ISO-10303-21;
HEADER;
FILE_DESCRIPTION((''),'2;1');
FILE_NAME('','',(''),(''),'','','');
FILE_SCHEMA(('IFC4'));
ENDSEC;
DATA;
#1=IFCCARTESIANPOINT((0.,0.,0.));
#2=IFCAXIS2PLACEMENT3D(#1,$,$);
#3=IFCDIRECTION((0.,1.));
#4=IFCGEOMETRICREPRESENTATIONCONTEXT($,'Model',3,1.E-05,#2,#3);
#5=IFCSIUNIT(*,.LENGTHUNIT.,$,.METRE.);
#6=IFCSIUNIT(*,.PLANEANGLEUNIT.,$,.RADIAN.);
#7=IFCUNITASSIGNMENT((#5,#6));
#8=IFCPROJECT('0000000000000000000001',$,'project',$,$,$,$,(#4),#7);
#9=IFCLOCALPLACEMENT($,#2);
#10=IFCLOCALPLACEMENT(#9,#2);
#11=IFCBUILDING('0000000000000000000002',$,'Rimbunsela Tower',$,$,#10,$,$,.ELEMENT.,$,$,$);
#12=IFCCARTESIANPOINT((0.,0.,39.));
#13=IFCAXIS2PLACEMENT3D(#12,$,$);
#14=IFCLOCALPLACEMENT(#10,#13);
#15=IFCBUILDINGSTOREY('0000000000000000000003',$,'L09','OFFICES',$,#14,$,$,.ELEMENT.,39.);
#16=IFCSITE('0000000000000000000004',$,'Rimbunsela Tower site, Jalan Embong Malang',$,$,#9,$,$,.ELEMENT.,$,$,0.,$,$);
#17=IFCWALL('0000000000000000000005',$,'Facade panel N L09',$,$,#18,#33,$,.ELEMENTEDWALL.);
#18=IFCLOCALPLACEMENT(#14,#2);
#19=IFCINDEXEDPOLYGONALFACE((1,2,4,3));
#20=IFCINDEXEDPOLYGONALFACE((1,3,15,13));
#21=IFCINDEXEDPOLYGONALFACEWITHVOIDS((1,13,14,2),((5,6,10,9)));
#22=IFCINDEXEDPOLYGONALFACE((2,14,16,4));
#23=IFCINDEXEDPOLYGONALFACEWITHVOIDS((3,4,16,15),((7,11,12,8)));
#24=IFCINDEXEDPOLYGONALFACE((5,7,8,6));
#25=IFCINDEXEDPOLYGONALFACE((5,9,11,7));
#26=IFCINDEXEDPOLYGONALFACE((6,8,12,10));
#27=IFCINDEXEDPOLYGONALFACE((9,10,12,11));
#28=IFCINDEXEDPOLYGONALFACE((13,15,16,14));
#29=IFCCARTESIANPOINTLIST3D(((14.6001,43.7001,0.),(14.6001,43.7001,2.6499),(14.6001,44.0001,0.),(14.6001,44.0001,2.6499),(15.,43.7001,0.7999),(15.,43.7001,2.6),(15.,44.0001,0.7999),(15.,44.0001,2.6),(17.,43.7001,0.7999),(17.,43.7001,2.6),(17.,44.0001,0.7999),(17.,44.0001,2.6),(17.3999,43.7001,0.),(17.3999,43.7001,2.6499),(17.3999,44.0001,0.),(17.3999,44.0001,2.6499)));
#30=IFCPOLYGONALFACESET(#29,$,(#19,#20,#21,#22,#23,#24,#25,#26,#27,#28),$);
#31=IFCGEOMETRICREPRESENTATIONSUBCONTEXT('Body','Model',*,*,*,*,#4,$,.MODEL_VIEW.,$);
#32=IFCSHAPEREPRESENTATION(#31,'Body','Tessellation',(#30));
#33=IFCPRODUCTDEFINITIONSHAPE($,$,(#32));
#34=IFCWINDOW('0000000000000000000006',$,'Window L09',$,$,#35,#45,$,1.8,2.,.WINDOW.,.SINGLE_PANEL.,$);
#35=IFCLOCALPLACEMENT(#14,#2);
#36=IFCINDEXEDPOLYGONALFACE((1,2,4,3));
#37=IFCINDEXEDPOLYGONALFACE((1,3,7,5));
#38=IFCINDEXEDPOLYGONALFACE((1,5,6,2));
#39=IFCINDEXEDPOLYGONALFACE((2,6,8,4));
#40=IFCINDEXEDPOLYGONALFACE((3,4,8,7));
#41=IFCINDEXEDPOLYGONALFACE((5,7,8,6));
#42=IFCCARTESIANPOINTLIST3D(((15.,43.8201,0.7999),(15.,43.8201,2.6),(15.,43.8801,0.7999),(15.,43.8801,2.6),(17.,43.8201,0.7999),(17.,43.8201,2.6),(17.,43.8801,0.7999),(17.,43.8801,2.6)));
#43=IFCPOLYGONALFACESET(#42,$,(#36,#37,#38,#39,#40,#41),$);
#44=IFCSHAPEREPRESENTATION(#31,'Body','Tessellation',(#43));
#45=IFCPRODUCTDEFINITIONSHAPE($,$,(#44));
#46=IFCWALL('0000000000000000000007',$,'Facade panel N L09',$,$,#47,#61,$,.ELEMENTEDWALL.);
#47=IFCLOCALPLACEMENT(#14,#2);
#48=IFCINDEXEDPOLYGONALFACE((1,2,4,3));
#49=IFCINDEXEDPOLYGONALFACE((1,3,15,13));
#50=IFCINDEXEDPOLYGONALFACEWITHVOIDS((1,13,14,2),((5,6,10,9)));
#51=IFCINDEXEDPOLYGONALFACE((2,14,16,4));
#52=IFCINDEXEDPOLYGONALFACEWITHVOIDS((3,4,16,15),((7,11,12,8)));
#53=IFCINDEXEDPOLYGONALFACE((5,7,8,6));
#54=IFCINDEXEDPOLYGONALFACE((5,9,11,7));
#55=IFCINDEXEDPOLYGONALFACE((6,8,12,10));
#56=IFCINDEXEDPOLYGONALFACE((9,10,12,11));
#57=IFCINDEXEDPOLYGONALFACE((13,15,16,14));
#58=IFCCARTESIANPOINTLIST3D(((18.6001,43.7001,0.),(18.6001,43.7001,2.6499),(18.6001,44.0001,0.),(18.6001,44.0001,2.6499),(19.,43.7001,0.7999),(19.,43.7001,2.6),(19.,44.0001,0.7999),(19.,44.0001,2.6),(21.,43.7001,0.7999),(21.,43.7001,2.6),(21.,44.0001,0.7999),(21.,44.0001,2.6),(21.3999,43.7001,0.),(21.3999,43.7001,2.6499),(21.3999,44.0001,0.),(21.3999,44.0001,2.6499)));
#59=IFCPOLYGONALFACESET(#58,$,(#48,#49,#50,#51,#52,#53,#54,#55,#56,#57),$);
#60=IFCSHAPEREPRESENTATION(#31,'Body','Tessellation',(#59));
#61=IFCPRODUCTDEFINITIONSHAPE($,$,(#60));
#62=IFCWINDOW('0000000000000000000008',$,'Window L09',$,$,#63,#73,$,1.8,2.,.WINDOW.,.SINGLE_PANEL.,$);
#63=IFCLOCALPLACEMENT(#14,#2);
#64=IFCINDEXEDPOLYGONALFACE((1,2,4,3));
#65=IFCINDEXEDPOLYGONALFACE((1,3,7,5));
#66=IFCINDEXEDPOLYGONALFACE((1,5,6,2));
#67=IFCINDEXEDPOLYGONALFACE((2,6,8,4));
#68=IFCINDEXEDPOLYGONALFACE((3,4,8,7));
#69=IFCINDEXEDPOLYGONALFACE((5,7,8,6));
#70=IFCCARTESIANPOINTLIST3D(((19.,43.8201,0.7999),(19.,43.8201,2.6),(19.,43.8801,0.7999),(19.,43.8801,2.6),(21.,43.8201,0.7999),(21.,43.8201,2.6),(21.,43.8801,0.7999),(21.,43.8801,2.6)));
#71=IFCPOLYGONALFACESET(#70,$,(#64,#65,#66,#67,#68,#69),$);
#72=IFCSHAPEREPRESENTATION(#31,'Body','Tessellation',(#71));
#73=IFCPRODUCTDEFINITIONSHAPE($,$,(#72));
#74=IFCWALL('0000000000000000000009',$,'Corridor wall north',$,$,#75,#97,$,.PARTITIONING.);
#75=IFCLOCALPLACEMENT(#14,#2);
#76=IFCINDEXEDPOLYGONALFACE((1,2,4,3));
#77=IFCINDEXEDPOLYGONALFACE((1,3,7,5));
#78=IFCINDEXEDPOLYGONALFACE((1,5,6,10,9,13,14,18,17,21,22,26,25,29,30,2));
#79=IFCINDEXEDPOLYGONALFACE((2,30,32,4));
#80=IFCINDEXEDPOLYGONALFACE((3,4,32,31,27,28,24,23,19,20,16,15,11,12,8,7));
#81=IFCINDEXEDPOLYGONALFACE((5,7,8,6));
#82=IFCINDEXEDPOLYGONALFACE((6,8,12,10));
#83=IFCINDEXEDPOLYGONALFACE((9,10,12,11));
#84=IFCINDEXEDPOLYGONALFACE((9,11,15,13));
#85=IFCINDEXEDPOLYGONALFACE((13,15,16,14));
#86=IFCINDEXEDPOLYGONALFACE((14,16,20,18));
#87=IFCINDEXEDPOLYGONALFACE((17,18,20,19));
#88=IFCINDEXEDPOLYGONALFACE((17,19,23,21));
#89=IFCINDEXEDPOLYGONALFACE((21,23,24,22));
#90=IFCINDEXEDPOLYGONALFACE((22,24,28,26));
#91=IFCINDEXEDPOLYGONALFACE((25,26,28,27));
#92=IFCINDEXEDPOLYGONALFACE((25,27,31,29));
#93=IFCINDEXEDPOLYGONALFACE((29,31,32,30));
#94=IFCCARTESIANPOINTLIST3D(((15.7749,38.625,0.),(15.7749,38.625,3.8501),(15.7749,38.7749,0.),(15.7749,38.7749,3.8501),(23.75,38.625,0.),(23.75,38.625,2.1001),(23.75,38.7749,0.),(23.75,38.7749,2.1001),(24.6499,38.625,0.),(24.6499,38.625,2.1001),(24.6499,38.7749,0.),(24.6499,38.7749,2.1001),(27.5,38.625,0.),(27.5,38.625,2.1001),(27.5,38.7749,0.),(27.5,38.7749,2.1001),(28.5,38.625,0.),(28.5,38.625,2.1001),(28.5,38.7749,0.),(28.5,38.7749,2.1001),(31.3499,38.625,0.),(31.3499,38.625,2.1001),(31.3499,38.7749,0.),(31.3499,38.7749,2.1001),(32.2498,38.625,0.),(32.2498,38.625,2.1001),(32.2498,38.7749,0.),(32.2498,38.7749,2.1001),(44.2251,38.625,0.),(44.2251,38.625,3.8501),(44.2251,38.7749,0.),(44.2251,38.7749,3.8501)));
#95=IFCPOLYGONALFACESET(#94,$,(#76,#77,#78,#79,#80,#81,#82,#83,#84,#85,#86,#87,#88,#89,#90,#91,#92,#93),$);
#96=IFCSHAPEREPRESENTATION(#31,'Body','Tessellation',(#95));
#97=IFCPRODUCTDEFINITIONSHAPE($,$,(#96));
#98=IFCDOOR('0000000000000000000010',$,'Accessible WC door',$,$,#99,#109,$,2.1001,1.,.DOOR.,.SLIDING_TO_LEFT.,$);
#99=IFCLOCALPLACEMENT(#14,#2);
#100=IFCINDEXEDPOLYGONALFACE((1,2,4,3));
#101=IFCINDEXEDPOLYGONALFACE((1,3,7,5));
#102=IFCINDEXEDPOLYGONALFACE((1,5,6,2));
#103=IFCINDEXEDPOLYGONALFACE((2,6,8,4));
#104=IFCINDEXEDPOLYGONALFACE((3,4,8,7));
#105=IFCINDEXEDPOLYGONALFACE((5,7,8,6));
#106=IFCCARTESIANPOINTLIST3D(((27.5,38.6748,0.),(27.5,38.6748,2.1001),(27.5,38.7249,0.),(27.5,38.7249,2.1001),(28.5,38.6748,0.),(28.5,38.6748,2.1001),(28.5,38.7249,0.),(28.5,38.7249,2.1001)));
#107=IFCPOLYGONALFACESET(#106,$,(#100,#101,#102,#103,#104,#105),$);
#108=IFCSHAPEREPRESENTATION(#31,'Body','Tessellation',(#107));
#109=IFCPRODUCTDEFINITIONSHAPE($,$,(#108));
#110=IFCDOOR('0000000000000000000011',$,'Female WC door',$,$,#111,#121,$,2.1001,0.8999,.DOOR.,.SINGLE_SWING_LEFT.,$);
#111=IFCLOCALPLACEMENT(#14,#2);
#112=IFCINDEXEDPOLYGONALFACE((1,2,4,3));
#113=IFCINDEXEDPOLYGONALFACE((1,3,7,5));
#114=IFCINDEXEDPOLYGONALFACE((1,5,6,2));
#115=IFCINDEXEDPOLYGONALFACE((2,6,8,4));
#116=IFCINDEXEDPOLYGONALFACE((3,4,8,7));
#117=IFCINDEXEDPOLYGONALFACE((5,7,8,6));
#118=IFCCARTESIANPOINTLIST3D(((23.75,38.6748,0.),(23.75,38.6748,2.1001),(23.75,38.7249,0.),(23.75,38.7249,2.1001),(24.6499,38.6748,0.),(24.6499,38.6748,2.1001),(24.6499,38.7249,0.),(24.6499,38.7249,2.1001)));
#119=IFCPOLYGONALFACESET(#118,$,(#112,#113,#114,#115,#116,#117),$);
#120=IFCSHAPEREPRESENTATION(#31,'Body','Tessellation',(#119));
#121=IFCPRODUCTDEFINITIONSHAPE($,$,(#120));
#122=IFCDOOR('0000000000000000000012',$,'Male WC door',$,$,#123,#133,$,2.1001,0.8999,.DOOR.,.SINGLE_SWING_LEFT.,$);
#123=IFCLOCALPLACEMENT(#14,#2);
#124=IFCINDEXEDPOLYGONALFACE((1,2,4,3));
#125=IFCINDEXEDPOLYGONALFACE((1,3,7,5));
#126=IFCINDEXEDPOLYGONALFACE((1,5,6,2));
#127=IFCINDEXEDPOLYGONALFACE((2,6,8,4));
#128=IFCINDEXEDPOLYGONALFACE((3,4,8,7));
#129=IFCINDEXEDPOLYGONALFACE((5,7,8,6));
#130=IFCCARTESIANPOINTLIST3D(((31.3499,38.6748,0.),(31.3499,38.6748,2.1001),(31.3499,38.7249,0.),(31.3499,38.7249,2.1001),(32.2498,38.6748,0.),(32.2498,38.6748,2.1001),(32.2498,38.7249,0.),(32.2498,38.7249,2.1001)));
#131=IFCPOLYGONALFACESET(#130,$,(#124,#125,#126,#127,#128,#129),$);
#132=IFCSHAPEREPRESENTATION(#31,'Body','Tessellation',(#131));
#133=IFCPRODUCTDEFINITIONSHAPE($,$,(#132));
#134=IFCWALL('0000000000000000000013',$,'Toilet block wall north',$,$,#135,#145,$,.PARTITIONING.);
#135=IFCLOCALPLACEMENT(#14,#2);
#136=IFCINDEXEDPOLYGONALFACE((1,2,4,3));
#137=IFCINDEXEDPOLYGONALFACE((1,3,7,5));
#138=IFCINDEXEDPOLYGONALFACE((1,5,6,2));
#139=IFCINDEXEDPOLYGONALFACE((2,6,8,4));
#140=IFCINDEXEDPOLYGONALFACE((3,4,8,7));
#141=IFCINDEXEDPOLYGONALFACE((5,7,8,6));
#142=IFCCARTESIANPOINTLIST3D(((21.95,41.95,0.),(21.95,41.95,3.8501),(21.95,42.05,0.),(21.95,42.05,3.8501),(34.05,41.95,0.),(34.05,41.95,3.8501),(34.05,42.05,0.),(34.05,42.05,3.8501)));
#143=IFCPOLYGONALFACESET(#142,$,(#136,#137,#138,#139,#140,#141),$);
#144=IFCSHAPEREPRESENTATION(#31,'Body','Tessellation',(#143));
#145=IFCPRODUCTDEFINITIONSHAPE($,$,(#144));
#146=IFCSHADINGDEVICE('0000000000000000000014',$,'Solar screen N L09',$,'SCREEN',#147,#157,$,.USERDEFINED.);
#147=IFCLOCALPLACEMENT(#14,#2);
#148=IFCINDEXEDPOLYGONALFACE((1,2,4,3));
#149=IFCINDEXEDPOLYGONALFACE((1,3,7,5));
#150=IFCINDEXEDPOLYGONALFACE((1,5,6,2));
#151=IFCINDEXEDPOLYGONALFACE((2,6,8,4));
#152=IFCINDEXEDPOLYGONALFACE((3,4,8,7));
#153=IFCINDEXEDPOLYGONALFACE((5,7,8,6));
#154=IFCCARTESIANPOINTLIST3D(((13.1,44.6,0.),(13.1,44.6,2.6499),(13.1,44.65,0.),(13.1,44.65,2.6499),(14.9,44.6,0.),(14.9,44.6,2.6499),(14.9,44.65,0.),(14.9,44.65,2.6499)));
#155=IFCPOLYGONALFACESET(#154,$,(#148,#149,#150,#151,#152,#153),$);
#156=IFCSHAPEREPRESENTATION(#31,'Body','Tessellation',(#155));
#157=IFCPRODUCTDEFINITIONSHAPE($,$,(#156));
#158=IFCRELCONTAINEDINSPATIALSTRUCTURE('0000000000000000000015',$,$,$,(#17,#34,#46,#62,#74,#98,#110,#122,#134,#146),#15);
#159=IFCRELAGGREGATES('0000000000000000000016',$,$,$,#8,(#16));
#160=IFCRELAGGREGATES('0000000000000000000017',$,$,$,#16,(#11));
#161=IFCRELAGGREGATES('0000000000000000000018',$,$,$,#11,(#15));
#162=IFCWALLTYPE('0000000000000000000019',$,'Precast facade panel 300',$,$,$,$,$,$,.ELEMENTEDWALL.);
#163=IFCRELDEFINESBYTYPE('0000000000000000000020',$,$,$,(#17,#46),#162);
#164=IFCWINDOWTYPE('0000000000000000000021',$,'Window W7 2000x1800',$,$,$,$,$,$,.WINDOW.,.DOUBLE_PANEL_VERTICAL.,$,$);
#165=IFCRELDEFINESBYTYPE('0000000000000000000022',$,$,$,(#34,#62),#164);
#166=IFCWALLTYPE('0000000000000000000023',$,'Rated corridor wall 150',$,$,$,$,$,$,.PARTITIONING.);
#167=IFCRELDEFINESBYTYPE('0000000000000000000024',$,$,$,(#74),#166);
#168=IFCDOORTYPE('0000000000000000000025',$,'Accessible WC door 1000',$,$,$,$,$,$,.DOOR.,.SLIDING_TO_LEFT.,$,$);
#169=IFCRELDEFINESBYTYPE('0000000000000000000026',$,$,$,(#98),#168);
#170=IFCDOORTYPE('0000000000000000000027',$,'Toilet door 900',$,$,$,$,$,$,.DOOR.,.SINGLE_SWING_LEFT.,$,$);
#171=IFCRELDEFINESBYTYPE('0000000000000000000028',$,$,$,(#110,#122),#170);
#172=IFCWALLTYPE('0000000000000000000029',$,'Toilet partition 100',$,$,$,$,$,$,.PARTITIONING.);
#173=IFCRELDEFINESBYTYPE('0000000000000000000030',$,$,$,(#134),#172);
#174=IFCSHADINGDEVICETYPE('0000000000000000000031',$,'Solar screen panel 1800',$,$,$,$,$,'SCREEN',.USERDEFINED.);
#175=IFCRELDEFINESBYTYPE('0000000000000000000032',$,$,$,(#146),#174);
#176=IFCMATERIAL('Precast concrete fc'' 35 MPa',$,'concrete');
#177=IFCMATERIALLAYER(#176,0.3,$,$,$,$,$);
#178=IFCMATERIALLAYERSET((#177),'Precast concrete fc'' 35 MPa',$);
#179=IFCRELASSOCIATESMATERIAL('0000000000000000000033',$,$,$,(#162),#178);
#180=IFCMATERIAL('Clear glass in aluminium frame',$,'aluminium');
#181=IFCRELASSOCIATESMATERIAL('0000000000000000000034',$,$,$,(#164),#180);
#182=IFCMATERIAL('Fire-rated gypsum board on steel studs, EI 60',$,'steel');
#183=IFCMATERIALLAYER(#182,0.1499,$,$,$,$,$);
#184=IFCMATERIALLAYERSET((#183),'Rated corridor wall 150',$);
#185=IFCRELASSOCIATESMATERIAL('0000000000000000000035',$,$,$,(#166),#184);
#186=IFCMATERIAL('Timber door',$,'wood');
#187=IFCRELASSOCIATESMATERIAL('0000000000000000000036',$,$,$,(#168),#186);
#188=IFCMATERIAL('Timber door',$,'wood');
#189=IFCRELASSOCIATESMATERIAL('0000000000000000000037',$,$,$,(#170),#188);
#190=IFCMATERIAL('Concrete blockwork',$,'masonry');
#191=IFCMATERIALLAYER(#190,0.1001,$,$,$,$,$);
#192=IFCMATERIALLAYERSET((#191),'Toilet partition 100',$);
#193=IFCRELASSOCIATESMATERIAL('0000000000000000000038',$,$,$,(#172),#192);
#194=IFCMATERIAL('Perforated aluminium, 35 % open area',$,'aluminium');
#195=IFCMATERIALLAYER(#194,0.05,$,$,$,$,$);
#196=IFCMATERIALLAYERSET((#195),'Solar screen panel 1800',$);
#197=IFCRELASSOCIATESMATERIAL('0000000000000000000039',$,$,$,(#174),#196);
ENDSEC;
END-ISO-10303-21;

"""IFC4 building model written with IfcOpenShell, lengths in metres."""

from ifc_helpers import new_model, si_unit, direction, frame, frame_2d, origin, origin_2d, place, context, subcontext, project, spatial, rectangle, extrude, material, layer, layer_set, type_object, element, fill, save


model = new_model("IFC4")

# Units and contexts
model_context = context("Model", 3, precision=1e-05, world=origin(), true_north=direction((0.0, 1.0)))
body_context = subcontext(model_context, "Body", "Model", "MODEL_VIEW")
ifc_project = project(units=[si_unit("LENGTHUNIT", "METRE"), si_unit("PLANEANGLEUNIT", "RADIAN")], contexts=[model_context])

# Site, building, storey
site_placement = place(None, origin())
site = spatial("IfcSite", under=ifc_project, at=site_placement, Name="Rimbunsela Tower site, Jalan Embong Malang", CompositionType="ELEMENT", RefElevation=0.0)
building_placement = place(site_placement, origin())
building = spatial("IfcBuilding", under=site, at=building_placement, Name="Rimbunsela Tower", CompositionType="ELEMENT")
storey_placement = place(building_placement, frame((0.0, 0.0, 39.0)))
storey = spatial("IfcBuildingStorey", under=building, at=storey_placement, Name="L09", Description="OFFICES", CompositionType="ELEMENT", Elevation=39.0)

# Walls, openings, windows
ifc_material_1 = material(Name="Precast concrete fc' 35 MPa", Category="concrete")
ifc_layer_1 = layer(ifc_material_1, 0.3)
ifc_layer_set_1 = layer_set([ifc_layer_1], Name="Precast concrete fc' 35 MPa")
wall_type_1 = type_object("IfcWallType", Name="Precast facade panel 300", PredefinedType="ELEMENTEDWALL", material=ifc_layer_set_1)
ifc_material_2 = material(Name="Clear glass in aluminium frame", Category="aluminium")
window_type = type_object("IfcWindowType", Name="Window W7 2000x1800", PartitioningType="DOUBLE_PANEL_VERTICAL", PredefinedType="WINDOW", material=ifc_material_2)
wall_1_placement = place(storey_placement, frame((17.3999, 43.8501, 0.0), z_axis=(0.0, 0.0, 1.0), x_axis=(-1.0, 0.0, 0.0)))
wall_1 = element("IfcWall", 1, at=wall_1_placement, inside=storey, type_object=wall_type_1, Name="Facade panel N L09", PredefinedType="ELEMENTEDWALL", context=body_context, shape_type="SweptSolid", body=[
    extrude(rectangle(XDim=2.7998, YDim=0.3, at=frame_2d((1.3999, 0.0))), origin(), (0.0, 0.0, 1.0), 2.6499),
])
opening_1_placement = place(wall_1_placement, frame((0.3999, 0.0, 0.8)))
opening_1 = element("IfcOpeningElement", 2, at=opening_1_placement, cuts=wall_1, PredefinedType="OPENING", context=body_context, shape_type="SweptSolid", body=[
    extrude(rectangle(XDim=2.0, YDim=1.8, at=frame_2d((1.0, 0.8999))), frame((0.0, 0.1599, 0.0), z_axis=(0.0, -1.0, 0.0), x_axis=(1.0, 0.0, 0.0)), (0.0, 0.0, 1.0), 0.3201),
])
window_1_placement = place(opening_1_placement, origin())
window_1 = element("IfcWindow", 3, at=window_1_placement, inside=storey, type_object=window_type, Name="Window L09", OverallHeight=1.8, OverallWidth=2.0, PartitioningType="SINGLE_PANEL", PredefinedType="WINDOW", context=body_context, shape_type="SweptSolid", body=[
    extrude(rectangle(XDim=2.0, YDim=1.8, at=frame_2d((1.0, 0.8999))), frame((0.0, 0.03, 0.0), z_axis=(0.0, -1.0, 0.0), x_axis=(1.0, 0.0, 0.0)), (0.0, 0.0, 1.0), 0.0601),
])
fill(opening_1, window_1)
wall_2_placement = place(storey_placement, frame((21.3999, 43.8501, 0.0), z_axis=(0.0, 0.0, 1.0), x_axis=(-1.0, 0.0, 0.0)))
wall_2 = element("IfcWall", 4, at=wall_2_placement, inside=storey, type_object=wall_type_1, Name="Facade panel N L09", PredefinedType="ELEMENTEDWALL", context=body_context, shape_type="SweptSolid", body=[
    extrude(rectangle(XDim=2.7998, YDim=0.3, at=frame_2d((1.3999, 0.0))), origin(), (0.0, 0.0, 1.0), 2.6499),
])
opening_2_placement = place(wall_2_placement, frame((0.3999, 0.0, 0.8)))
opening_2 = element("IfcOpeningElement", 5, at=opening_2_placement, cuts=wall_2, PredefinedType="OPENING", context=body_context, shape_type="SweptSolid", body=[
    extrude(rectangle(XDim=2.0, YDim=1.8, at=frame_2d((1.0, 0.8999))), frame((0.0, 0.1599, 0.0), z_axis=(0.0, -1.0, 0.0), x_axis=(1.0, 0.0, 0.0)), (0.0, 0.0, 1.0), 0.3201),
])
window_2_placement = place(opening_2_placement, origin())
window_2 = element("IfcWindow", 6, at=window_2_placement, inside=storey, type_object=window_type, Name="Window L09", OverallHeight=1.8, OverallWidth=2.0, PartitioningType="SINGLE_PANEL", PredefinedType="WINDOW", context=body_context, shape_type="SweptSolid", body=[
    extrude(rectangle(XDim=2.0, YDim=1.8, at=frame_2d((1.0, 0.8999))), frame((0.0, 0.03, 0.0), z_axis=(0.0, -1.0, 0.0), x_axis=(1.0, 0.0, 0.0)), (0.0, 0.0, 1.0), 0.0601),
])
fill(opening_2, window_2)

# Wall, openings, doors
ifc_material_3 = material(Name="Fire-rated gypsum board on steel studs, EI 60", Category="steel")
ifc_layer_2 = layer(ifc_material_3, 0.1499)
ifc_layer_set_2 = layer_set([ifc_layer_2], Name="Rated corridor wall 150")
wall_type_2 = type_object("IfcWallType", Name="Rated corridor wall 150", PredefinedType="PARTITIONING", material=ifc_layer_set_2)
wall_3_placement = place(storey_placement, frame((15.7749, 38.7, 0.0), z_axis=(0.0, 0.0, 1.0), x_axis=(1.0, 0.0, 0.0)))
wall_3 = element("IfcWall", 7, at=wall_3_placement, inside=storey, type_object=wall_type_2, Name="Corridor wall north", PredefinedType="PARTITIONING", context=body_context, shape_type="SweptSolid", body=[
    extrude(rectangle(XDim=28.4502, YDim=0.1499, at=frame_2d((14.2251, 0.0))), origin(), (0.0, 0.0, 1.0), 3.8501),
])
opening_3_placement = place(wall_3_placement, frame((7.9751, 0.0, 0.0)))
opening_3 = element("IfcOpeningElement", 8, at=opening_3_placement, cuts=wall_3, PredefinedType="OPENING", context=body_context, shape_type="SweptSolid", body=[
    extrude(rectangle(XDim=0.8999, YDim=2.1001, at=frame_2d((0.45, 1.05))), frame((0.0, 0.085, 0.0), z_axis=(0.0, -1.0, 0.0), x_axis=(1.0, 0.0, 0.0)), (0.0, 0.0, 1.0), 0.1699),
])
opening_4_placement = place(wall_3_placement, frame((11.7251, 0.0, 0.0)))
opening_4 = element("IfcOpeningElement", 9, at=opening_4_placement, cuts=wall_3, PredefinedType="OPENING", context=body_context, shape_type="SweptSolid", body=[
    extrude(rectangle(XDim=1.0, YDim=2.1001, at=frame_2d((0.5, 1.05))), frame((0.0, 0.085, 0.0), z_axis=(0.0, -1.0, 0.0), x_axis=(1.0, 0.0, 0.0)), (0.0, 0.0, 1.0), 0.1699),
])
opening_5_placement = place(wall_3_placement, frame((15.575, 0.0, 0.0)))
opening_5 = element("IfcOpeningElement", 10, at=opening_5_placement, cuts=wall_3, PredefinedType="OPENING", context=body_context, shape_type="SweptSolid", body=[
    extrude(rectangle(XDim=0.8999, YDim=2.1001, at=frame_2d((0.45, 1.05))), frame((0.0, 0.085, 0.0), z_axis=(0.0, -1.0, 0.0), x_axis=(1.0, 0.0, 0.0)), (0.0, 0.0, 1.0), 0.1699),
])
ifc_material_4 = material(Name="Timber door", Category="wood")
door_type_1 = type_object("IfcDoorType", Name="Accessible WC door 1000", OperationType="SLIDING_TO_LEFT", PredefinedType="DOOR", material=ifc_material_4)
door_1_placement = place(opening_4_placement, origin())
door_1 = element("IfcDoor", 11, at=door_1_placement, inside=storey, type_object=door_type_1, Name="Accessible WC door", OperationType="SLIDING_TO_LEFT", OverallHeight=2.1001, OverallWidth=1.0, PredefinedType="DOOR", context=body_context, shape_type="SweptSolid", body=[
    extrude(rectangle(XDim=1.0, YDim=2.1001, at=frame_2d((0.5, 1.05))), frame((0.0, 0.0249, 0.0), z_axis=(0.0, -1.0, 0.0), x_axis=(1.0, 0.0, 0.0)), (0.0, 0.0, 1.0), 0.05),
])
fill(opening_4, door_1)
ifc_material_5 = material(Name="Timber door", Category="wood")
door_type_2 = type_object("IfcDoorType", Name="Toilet door 900", OperationType="SINGLE_SWING_LEFT", PredefinedType="DOOR", material=ifc_material_5)
door_2_placement = place(opening_3_placement, origin())
door_2 = element("IfcDoor", 12, at=door_2_placement, inside=storey, type_object=door_type_2, Name="Female WC door", OperationType="SINGLE_SWING_LEFT", OverallHeight=2.1001, OverallWidth=0.8999, PredefinedType="DOOR", context=body_context, shape_type="SweptSolid", body=[
    extrude(rectangle(XDim=0.8999, YDim=2.1001, at=frame_2d((0.45, 1.05))), frame((0.0, 0.0249, 0.0), z_axis=(0.0, -1.0, 0.0), x_axis=(1.0, 0.0, 0.0)), (0.0, 0.0, 1.0), 0.05),
])
fill(opening_3, door_2)
door_3_placement = place(opening_5_placement, origin())
door_3 = element("IfcDoor", 13, at=door_3_placement, inside=storey, type_object=door_type_2, Name="Male WC door", OperationType="SINGLE_SWING_LEFT", OverallHeight=2.1001, OverallWidth=0.8999, PredefinedType="DOOR", context=body_context, shape_type="SweptSolid", body=[
    extrude(rectangle(XDim=0.8999, YDim=2.1001, at=frame_2d((0.45, 1.05))), frame((0.0, 0.0249, 0.0), z_axis=(0.0, -1.0, 0.0), x_axis=(1.0, 0.0, 0.0)), (0.0, 0.0, 1.0), 0.05),
])
fill(opening_5, door_3)

# Wall
ifc_material_6 = material(Name="Concrete blockwork", Category="masonry")
ifc_layer_3 = layer(ifc_material_6, 0.1001)
ifc_layer_set_3 = layer_set([ifc_layer_3], Name="Toilet partition 100")
wall_type_3 = type_object("IfcWallType", Name="Toilet partition 100", PredefinedType="PARTITIONING", material=ifc_layer_set_3)
wall_4_placement = place(storey_placement, frame((21.95, 42.0, 0.0), z_axis=(0.0, 0.0, 1.0), x_axis=(1.0, 0.0, 0.0)))
element("IfcWall", 14, at=wall_4_placement, inside=storey, type_object=wall_type_3, Name="Toilet block wall north", PredefinedType="PARTITIONING", context=body_context, shape_type="SweptSolid", body=[
    extrude(rectangle(XDim=12.1001, YDim=0.1001, at=frame_2d((6.05, 0.0))), origin(), (0.0, 0.0, 1.0), 3.8501),
])

# Shading device
ifc_material_7 = material(Name="Perforated aluminium, 35 % open area", Category="aluminium")
ifc_layer_4 = layer(ifc_material_7, 0.05)
ifc_layer_set_4 = layer_set([ifc_layer_4], Name="Solar screen panel 1800")
shading_device_type = type_object("IfcShadingDeviceType", Name="Solar screen panel 1800", ElementType="SCREEN", PredefinedType="USERDEFINED", material=ifc_layer_set_4)
for number, where, z_axis, x_axis, name in (
    (15, (14.0, 44.625, 0.0), (0.0, 0.0, 1.0), (1.0, 0.0, 0.0), "Solar screen N L09"),
):
    element("IfcShadingDevice", number, at=place(storey_placement, frame(where, z_axis=z_axis, x_axis=x_axis)), inside=storey, type_object=shading_device_type, Name=name, ObjectType="SCREEN", PredefinedType="USERDEFINED", context=body_context, shape_type="SweptSolid", body=[
        extrude(rectangle(XDim=1.8, YDim=0.05, at=origin_2d()), origin(), (0.0, 0.0, 1.0), 2.6499),
    ])

save(model, "model.ifc")
